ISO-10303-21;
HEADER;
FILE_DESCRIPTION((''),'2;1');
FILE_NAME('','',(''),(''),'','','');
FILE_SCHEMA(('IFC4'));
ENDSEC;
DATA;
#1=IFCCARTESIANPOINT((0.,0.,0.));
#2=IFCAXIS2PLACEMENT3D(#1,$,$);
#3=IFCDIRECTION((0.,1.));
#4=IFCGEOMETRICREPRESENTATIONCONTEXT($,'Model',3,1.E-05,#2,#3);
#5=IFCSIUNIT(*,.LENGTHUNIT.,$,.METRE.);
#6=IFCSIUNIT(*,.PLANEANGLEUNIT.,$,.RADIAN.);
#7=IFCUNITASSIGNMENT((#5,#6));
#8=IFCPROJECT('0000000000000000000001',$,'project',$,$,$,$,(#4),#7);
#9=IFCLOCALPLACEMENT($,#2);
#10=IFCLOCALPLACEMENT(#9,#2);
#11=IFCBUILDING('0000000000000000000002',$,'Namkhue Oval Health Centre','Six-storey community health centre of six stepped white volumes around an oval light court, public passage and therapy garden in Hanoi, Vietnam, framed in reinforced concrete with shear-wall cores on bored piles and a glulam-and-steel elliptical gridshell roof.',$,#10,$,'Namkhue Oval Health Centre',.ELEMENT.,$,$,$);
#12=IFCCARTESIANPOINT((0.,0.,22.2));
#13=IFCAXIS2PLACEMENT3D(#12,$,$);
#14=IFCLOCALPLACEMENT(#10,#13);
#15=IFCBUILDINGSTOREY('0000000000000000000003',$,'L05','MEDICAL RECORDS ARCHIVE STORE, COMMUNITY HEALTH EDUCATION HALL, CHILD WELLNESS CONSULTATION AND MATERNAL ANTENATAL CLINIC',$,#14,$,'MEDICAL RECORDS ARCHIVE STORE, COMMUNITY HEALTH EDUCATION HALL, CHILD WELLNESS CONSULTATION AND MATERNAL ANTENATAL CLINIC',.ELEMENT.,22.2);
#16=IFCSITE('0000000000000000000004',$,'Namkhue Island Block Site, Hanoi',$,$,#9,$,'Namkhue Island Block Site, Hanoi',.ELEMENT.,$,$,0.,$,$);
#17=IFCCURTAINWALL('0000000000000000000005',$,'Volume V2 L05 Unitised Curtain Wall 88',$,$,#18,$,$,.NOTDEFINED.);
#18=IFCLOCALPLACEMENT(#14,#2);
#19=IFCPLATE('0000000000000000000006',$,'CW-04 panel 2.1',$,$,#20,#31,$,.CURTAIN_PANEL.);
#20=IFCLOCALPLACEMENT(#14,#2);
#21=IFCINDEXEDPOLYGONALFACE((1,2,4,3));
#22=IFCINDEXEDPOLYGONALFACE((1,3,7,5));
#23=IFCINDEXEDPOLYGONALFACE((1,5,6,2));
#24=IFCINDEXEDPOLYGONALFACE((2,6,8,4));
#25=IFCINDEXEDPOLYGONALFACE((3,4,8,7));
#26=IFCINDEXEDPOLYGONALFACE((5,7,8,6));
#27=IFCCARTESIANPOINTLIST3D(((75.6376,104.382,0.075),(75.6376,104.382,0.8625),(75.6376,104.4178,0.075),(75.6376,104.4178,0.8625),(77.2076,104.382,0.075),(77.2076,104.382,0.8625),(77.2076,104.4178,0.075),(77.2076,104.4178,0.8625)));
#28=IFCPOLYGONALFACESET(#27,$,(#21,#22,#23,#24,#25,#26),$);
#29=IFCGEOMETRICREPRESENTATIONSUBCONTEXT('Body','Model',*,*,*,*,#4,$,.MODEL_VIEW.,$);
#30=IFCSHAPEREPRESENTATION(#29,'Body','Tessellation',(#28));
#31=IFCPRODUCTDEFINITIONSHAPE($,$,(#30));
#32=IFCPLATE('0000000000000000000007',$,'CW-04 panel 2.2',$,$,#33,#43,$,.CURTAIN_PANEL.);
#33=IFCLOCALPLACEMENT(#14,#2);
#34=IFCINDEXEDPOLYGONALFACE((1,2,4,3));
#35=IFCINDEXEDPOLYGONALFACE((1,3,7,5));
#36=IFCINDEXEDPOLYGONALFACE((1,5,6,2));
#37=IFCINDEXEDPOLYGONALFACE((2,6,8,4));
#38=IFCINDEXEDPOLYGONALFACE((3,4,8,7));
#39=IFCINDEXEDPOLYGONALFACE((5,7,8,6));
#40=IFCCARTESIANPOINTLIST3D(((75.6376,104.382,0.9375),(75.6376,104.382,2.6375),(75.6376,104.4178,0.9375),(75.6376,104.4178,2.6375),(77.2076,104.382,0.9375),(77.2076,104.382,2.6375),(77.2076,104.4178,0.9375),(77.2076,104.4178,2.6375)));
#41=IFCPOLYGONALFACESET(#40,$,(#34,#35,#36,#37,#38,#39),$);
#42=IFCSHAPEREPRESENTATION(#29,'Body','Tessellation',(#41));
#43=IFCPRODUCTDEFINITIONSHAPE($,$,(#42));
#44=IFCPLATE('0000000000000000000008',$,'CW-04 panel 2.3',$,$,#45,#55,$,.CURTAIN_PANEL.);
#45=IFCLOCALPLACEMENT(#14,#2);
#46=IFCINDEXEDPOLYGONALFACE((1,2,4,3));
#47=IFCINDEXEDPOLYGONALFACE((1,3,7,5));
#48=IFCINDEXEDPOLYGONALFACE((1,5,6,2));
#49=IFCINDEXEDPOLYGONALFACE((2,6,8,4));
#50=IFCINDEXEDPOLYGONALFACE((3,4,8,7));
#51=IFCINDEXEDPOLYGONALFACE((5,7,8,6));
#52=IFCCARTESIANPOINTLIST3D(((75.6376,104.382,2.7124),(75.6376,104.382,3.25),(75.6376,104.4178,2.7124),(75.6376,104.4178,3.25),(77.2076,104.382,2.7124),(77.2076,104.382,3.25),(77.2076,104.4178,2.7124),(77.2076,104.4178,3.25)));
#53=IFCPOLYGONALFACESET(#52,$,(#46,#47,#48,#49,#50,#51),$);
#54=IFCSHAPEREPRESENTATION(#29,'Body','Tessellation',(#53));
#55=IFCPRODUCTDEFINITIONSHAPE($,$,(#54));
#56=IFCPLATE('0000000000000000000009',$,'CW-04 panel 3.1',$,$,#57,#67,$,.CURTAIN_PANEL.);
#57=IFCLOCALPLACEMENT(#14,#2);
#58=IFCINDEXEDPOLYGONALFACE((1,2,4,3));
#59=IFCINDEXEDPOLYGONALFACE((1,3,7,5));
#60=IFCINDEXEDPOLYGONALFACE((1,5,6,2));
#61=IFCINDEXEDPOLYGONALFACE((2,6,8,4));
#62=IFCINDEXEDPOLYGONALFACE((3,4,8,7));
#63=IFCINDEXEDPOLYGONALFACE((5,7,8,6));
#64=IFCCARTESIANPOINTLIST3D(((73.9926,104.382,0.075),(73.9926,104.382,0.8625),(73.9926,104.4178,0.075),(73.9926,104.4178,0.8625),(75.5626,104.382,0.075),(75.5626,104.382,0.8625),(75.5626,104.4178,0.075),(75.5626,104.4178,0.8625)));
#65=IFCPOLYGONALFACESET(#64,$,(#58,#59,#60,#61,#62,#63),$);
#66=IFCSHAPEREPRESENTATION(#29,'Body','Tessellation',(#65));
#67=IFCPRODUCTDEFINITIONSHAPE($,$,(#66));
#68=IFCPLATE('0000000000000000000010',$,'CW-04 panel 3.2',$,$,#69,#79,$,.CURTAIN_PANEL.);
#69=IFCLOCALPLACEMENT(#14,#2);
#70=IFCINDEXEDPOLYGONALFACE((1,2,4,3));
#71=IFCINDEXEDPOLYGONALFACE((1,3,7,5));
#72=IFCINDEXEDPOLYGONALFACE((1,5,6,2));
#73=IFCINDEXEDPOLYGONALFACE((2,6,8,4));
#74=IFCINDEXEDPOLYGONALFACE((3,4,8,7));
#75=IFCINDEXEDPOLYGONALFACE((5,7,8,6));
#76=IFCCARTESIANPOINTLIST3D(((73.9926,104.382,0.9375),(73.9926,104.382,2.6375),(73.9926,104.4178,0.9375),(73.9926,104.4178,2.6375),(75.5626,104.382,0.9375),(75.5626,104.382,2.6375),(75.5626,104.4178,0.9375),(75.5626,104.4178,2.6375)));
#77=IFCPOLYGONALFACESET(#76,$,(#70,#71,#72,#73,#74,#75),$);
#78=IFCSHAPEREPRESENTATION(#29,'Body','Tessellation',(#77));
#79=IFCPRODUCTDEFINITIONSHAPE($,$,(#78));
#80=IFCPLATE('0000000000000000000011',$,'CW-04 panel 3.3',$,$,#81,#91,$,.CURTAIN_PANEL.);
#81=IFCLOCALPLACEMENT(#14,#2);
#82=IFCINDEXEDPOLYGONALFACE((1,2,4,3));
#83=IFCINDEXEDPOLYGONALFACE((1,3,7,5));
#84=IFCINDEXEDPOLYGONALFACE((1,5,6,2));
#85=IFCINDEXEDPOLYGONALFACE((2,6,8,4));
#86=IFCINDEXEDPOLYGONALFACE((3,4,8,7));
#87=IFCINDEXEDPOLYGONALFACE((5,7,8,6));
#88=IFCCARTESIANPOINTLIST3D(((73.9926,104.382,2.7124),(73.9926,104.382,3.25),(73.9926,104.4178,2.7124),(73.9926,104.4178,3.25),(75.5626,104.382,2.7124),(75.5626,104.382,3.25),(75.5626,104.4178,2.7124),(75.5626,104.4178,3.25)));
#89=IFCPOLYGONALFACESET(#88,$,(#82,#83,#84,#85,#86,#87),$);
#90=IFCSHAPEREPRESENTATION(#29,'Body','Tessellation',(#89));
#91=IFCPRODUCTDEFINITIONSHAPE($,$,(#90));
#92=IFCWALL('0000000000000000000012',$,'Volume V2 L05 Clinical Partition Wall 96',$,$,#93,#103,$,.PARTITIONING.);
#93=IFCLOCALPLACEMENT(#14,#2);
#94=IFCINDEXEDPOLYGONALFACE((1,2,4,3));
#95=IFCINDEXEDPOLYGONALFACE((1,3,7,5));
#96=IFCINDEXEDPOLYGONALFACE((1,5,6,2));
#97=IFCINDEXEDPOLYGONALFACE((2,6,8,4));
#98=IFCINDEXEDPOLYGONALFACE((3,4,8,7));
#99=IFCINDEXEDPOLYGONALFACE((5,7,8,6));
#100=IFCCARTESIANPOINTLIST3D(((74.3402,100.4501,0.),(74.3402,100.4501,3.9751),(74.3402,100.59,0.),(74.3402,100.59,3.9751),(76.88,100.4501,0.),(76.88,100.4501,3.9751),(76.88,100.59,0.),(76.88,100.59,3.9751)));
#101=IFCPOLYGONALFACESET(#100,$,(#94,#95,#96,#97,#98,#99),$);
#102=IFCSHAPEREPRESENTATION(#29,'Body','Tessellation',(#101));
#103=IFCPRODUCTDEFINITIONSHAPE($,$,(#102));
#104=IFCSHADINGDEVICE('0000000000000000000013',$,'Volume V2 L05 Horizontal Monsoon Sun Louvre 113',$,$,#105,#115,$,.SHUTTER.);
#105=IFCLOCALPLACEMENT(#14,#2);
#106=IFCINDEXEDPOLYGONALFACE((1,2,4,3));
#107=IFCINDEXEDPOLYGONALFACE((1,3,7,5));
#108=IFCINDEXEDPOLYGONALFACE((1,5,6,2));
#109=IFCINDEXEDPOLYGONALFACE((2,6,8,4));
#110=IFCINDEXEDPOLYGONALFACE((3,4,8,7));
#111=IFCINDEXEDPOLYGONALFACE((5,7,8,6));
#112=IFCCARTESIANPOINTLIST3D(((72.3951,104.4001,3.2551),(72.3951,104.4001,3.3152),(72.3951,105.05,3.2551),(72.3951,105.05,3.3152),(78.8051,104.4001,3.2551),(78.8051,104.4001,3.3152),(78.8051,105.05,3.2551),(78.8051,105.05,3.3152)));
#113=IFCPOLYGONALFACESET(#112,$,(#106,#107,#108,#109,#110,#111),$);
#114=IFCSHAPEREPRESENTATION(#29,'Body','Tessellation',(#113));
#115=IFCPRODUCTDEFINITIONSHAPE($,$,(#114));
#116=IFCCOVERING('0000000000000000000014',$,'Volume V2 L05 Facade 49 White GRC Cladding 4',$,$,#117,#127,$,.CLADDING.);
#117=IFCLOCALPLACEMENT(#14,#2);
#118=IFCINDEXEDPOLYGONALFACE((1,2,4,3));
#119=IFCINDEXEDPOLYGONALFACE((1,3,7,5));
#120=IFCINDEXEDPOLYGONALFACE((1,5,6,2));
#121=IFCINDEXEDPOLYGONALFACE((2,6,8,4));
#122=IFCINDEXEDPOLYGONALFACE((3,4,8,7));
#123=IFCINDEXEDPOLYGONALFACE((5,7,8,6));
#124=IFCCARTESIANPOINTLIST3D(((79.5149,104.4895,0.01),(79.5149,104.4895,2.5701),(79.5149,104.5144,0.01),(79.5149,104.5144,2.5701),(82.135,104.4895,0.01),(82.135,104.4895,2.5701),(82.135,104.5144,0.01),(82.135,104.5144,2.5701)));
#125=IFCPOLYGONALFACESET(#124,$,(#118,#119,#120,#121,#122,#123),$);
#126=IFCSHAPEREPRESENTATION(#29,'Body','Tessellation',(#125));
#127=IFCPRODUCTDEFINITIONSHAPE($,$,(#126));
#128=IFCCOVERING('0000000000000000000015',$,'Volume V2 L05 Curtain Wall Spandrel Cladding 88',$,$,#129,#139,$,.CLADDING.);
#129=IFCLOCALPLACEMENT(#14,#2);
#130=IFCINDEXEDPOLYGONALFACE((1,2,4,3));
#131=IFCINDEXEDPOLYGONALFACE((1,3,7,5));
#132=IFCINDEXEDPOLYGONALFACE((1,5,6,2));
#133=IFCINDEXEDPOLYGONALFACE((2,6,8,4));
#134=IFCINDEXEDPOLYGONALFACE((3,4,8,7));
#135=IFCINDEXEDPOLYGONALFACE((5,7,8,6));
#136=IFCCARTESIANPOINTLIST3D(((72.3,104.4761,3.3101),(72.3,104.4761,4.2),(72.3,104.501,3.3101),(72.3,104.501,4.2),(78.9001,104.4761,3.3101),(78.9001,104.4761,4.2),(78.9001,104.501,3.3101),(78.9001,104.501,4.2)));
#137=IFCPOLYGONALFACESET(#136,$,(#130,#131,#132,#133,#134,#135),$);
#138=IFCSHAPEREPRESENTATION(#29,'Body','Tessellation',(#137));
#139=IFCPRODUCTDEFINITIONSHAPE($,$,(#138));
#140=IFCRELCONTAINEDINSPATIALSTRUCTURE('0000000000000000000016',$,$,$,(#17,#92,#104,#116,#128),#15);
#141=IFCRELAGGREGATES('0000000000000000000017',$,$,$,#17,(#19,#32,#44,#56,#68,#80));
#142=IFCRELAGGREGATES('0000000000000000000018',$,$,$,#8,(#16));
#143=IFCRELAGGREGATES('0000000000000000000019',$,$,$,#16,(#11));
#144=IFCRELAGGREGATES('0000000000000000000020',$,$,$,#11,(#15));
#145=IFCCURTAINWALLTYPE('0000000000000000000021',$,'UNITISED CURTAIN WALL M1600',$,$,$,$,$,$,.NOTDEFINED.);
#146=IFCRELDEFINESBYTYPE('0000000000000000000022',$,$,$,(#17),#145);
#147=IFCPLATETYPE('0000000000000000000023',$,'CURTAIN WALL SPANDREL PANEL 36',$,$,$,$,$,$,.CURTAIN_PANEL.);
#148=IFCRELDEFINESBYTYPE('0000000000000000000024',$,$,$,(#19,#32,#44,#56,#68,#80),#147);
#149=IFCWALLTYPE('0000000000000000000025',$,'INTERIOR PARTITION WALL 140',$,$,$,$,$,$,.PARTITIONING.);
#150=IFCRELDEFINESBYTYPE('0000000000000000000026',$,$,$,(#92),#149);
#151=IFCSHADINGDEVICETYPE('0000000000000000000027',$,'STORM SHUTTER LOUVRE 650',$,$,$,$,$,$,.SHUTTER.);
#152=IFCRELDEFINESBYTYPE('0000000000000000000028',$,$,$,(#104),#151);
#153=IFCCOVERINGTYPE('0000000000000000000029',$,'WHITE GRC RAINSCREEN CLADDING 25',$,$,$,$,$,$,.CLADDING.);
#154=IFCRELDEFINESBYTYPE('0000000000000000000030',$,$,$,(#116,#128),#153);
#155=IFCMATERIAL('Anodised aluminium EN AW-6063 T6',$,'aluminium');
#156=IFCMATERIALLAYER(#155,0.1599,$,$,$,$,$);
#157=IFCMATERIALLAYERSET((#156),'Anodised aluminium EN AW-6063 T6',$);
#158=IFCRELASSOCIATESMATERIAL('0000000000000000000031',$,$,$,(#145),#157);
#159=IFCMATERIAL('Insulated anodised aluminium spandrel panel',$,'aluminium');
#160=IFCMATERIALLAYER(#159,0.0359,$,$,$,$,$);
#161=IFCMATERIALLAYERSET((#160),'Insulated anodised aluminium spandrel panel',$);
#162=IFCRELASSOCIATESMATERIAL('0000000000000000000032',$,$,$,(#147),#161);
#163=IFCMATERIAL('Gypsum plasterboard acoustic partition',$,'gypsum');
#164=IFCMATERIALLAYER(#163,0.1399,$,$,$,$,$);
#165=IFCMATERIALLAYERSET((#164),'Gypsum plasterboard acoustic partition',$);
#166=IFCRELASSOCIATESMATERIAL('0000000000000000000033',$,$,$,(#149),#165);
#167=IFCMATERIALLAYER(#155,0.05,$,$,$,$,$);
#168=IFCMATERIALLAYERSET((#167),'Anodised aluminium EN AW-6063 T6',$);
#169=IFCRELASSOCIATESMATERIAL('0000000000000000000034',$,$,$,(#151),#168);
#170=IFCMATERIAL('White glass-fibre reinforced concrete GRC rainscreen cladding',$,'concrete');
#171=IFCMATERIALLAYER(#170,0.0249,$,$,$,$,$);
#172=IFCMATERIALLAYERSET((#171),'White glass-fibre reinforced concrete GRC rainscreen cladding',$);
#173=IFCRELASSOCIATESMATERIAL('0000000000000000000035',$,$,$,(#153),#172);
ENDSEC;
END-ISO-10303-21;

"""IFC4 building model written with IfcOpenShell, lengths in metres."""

from ifc_helpers import new_model, si_unit, direction, frame, frame_2d, origin, origin_2d, place, context, subcontext, project, spatial, rectangle, extrude, material, layer, layer_set, type_object, element, aggregate, save


model = new_model("IFC4")

# Units and contexts
model_context = context("Model", 3, precision=1e-05, world=origin(), true_north=direction((0.0, 1.0)))
body_context = subcontext(model_context, "Body", "Model", "MODEL_VIEW")
ifc_project = project(units=[si_unit("LENGTHUNIT", "METRE"), si_unit("PLANEANGLEUNIT", "RADIAN")], contexts=[model_context])

# Site, building, storey
site_placement = place(None, origin())
site = spatial("IfcSite", under=ifc_project, at=site_placement, Name="Namkhue Island Block Site, Hanoi", LongName="Namkhue Island Block Site, Hanoi", CompositionType="ELEMENT", RefElevation=0.0)
building_placement = place(site_placement, origin())
building = spatial("IfcBuilding", under=site, at=building_placement, Name="Namkhue Oval Health Centre", Description="Six-storey community health centre of six stepped white volumes around an oval light court, public passage and therapy garden in Hanoi, Vietnam, framed in reinforced concrete with shear-wall cores on bored piles and a glulam-and-steel elliptical gridshell roof.", LongName="Namkhue Oval Health Centre", CompositionType="ELEMENT")
storey_placement = place(building_placement, frame((0.0, 0.0, 22.2)))
storey = spatial("IfcBuildingStorey", under=building, at=storey_placement, Name="L05", Description="MEDICAL RECORDS ARCHIVE STORE, COMMUNITY HEALTH EDUCATION HALL, CHILD WELLNESS CONSULTATION AND MATERNAL ANTENATAL CLINIC", LongName="MEDICAL RECORDS ARCHIVE STORE, COMMUNITY HEALTH EDUCATION HALL, CHILD WELLNESS CONSULTATION AND MATERNAL ANTENATAL CLINIC", CompositionType="ELEMENT", Elevation=22.2)

# Curtain wall
ifc_material_1 = material(Name="Anodised aluminium EN AW-6063 T6", Category="aluminium")
ifc_layer_1 = layer(ifc_material_1, 0.1599)
ifc_layer_set_1 = layer_set([ifc_layer_1], Name="Anodised aluminium EN AW-6063 T6")
curtain_wall_type = type_object("IfcCurtainWallType", Name="UNITISED CURTAIN WALL M1600", PredefinedType="NOTDEFINED", material=ifc_layer_set_1)
curtain_wall_placement = place(storey_placement, origin())
curtain_wall = element("IfcCurtainWall", 1, at=curtain_wall_placement, inside=storey, type_object=curtain_wall_type, Name="Volume V2 L05 Unitised Curtain Wall 88", PredefinedType="NOTDEFINED")

# Plates
ifc_material_2 = material(Name="Insulated anodised aluminium spandrel panel", Category="aluminium")
ifc_layer_2 = layer(ifc_material_2, 0.0359)
ifc_layer_set_2 = layer_set([ifc_layer_2], Name="Insulated anodised aluminium spandrel panel")
plate_type = type_object("IfcPlateType", Name="CURTAIN WALL SPANDREL PANEL 36", PredefinedType="CURTAIN_PANEL", material=ifc_layer_set_2)
plate_1_placement = place(storey_placement, frame((76.4226, 104.3999, 0.075), z_axis=(0.0, 0.0, 1.0), x_axis=(-1.0, 0.0, 0.0)))
plate_1 = element("IfcPlate", 2, at=plate_1_placement, type_object=plate_type, Name="CW-04 panel 2.1", PredefinedType="CURTAIN_PANEL", context=body_context, shape_type="SweptSolid", body=[
    extrude(rectangle(XDim=1.5701, YDim=0.0359, at=origin_2d()), origin(), (0.0, 0.0, 1.0), 0.7876),
])
plate_2_placement = place(storey_placement, frame((76.4226, 104.3999, 0.9375), z_axis=(0.0, 0.0, 1.0), x_axis=(-1.0, 0.0, 0.0)))
plate_2 = element("IfcPlate", 3, at=plate_2_placement, type_object=plate_type, Name="CW-04 panel 2.2", PredefinedType="CURTAIN_PANEL", context=body_context, shape_type="SweptSolid", body=[
    extrude(rectangle(XDim=1.5701, YDim=0.0359, at=origin_2d()), origin(), (0.0, 0.0, 1.0), 1.7),
])
plate_3_placement = place(storey_placement, frame((76.4226, 104.3999, 2.7124), z_axis=(0.0, 0.0, 1.0), x_axis=(-1.0, 0.0, 0.0)))
plate_3 = element("IfcPlate", 4, at=plate_3_placement, type_object=plate_type, Name="CW-04 panel 2.3", PredefinedType="CURTAIN_PANEL", context=body_context, shape_type="SweptSolid", body=[
    extrude(rectangle(XDim=1.5701, YDim=0.0359, at=origin_2d()), origin(), (0.0, 0.0, 1.0), 0.5376),
])
plate_4_placement = place(storey_placement, frame((74.7776, 104.3999, 0.075), z_axis=(0.0, 0.0, 1.0), x_axis=(-1.0, 0.0, 0.0)))
plate_4 = element("IfcPlate", 5, at=plate_4_placement, type_object=plate_type, Name="CW-04 panel 3.1", PredefinedType="CURTAIN_PANEL", context=body_context, shape_type="SweptSolid", body=[
    extrude(rectangle(XDim=1.5701, YDim=0.0359, at=origin_2d()), origin(), (0.0, 0.0, 1.0), 0.7876),
])
plate_5_placement = place(storey_placement, frame((74.7776, 104.3999, 0.9375), z_axis=(0.0, 0.0, 1.0), x_axis=(-1.0, 0.0, 0.0)))
plate_5 = element("IfcPlate", 6, at=plate_5_placement, type_object=plate_type, Name="CW-04 panel 3.2", PredefinedType="CURTAIN_PANEL", context=body_context, shape_type="SweptSolid", body=[
    extrude(rectangle(XDim=1.5701, YDim=0.0359, at=origin_2d()), origin(), (0.0, 0.0, 1.0), 1.7),
])
plate_6_placement = place(storey_placement, frame((74.7776, 104.3999, 2.7124), z_axis=(0.0, 0.0, 1.0), x_axis=(-1.0, 0.0, 0.0)))
plate_6 = element("IfcPlate", 7, at=plate_6_placement, type_object=plate_type, Name="CW-04 panel 3.3", PredefinedType="CURTAIN_PANEL", context=body_context, shape_type="SweptSolid", body=[
    extrude(rectangle(XDim=1.5701, YDim=0.0359, at=origin_2d()), origin(), (0.0, 0.0, 1.0), 0.5376),
])
aggregate(curtain_wall, [plate_1, plate_2, plate_3, plate_4, plate_5, plate_6])

# Wall
ifc_material_3 = material(Name="Gypsum plasterboard acoustic partition", Category="gypsum")
ifc_layer_3 = layer(ifc_material_3, 0.1399)
ifc_layer_set_3 = layer_set([ifc_layer_3], Name="Gypsum plasterboard acoustic partition")
wall_type = type_object("IfcWallType", Name="INTERIOR PARTITION WALL 140", PredefinedType="PARTITIONING", material=ifc_layer_set_3)
wall_placement = place(storey_placement, frame((74.3401, 100.52, 0.0), z_axis=(0.0, 0.0, 1.0), x_axis=(1.0, 0.0, 0.0)))
element("IfcWall", 8, at=wall_placement, inside=storey, type_object=wall_type, Name="Volume V2 L05 Clinical Partition Wall 96", PredefinedType="PARTITIONING", context=body_context, shape_type="SweptSolid", body=[
    extrude(rectangle(XDim=2.5398, YDim=0.1399, at=frame_2d((1.27, 0.0))), origin(), (0.0, 0.0, 1.0), 3.9751),
])

# Shading device
ifc_layer_4 = layer(ifc_material_1, 0.05)
ifc_layer_set_4 = layer_set([ifc_layer_4], Name="Anodised aluminium EN AW-6063 T6")
shading_device_type = type_object("IfcShadingDeviceType", Name="STORM SHUTTER LOUVRE 650", PredefinedType="SHUTTER", material=ifc_layer_set_4)
shading_device_placement = place(storey_placement, frame((75.6001, 104.7251, 3.2551), z_axis=(0.0, 0.0, 1.0), x_axis=(-1.0, 0.0, 0.0)))
element("IfcShadingDevice", 9, at=shading_device_placement, inside=storey, type_object=shading_device_type, Name="Volume V2 L05 Horizontal Monsoon Sun Louvre 113", PredefinedType="SHUTTER", context=body_context, shape_type="SweptSolid", body=[
    extrude(rectangle(XDim=6.4099, YDim=0.6499, at=origin_2d()), origin(), (0.0, 0.0, 1.0), 0.0601),
])

# Coverings
ifc_material_4 = material(Name="White glass-fibre reinforced concrete GRC rainscreen cladding", Category="concrete")
ifc_layer_5 = layer(ifc_material_4, 0.0249)
ifc_layer_set_5 = layer_set([ifc_layer_5], Name="White glass-fibre reinforced concrete GRC rainscreen cladding")
covering_type = type_object("IfcCoveringType", Name="WHITE GRC RAINSCREEN CLADDING 25", PredefinedType="CLADDING", material=ifc_layer_set_5)
covering_1_placement = place(storey_placement, frame((80.825, 104.502, 0.01), z_axis=(0.0, 0.0, 1.0), x_axis=(-1.0, 0.0, 0.0)))
element("IfcCovering", 10, at=covering_1_placement, inside=storey, type_object=covering_type, Name="Volume V2 L05 Facade 49 White GRC Cladding 4", PredefinedType="CLADDING", context=body_context, shape_type="SweptSolid", body=[
    extrude(rectangle(XDim=2.6201, YDim=0.0249, at=origin_2d()), origin(), (0.0, 0.0, 1.0), 2.5601),
])
covering_2_placement = place(storey_placement, frame((75.6001, 104.4885, 3.3101), z_axis=(0.0, 0.0, 1.0), x_axis=(-1.0, 0.0, 0.0)))
element("IfcCovering", 11, at=covering_2_placement, inside=storey, type_object=covering_type, Name="Volume V2 L05 Curtain Wall Spandrel Cladding 88", PredefinedType="CLADDING", context=body_context, shape_type="SweptSolid", body=[
    extrude(rectangle(XDim=6.6001, YDim=0.0249, at=origin_2d()), origin(), (0.0, 0.0, 1.0), 0.8899),
])

save(model, "model.ifc")
